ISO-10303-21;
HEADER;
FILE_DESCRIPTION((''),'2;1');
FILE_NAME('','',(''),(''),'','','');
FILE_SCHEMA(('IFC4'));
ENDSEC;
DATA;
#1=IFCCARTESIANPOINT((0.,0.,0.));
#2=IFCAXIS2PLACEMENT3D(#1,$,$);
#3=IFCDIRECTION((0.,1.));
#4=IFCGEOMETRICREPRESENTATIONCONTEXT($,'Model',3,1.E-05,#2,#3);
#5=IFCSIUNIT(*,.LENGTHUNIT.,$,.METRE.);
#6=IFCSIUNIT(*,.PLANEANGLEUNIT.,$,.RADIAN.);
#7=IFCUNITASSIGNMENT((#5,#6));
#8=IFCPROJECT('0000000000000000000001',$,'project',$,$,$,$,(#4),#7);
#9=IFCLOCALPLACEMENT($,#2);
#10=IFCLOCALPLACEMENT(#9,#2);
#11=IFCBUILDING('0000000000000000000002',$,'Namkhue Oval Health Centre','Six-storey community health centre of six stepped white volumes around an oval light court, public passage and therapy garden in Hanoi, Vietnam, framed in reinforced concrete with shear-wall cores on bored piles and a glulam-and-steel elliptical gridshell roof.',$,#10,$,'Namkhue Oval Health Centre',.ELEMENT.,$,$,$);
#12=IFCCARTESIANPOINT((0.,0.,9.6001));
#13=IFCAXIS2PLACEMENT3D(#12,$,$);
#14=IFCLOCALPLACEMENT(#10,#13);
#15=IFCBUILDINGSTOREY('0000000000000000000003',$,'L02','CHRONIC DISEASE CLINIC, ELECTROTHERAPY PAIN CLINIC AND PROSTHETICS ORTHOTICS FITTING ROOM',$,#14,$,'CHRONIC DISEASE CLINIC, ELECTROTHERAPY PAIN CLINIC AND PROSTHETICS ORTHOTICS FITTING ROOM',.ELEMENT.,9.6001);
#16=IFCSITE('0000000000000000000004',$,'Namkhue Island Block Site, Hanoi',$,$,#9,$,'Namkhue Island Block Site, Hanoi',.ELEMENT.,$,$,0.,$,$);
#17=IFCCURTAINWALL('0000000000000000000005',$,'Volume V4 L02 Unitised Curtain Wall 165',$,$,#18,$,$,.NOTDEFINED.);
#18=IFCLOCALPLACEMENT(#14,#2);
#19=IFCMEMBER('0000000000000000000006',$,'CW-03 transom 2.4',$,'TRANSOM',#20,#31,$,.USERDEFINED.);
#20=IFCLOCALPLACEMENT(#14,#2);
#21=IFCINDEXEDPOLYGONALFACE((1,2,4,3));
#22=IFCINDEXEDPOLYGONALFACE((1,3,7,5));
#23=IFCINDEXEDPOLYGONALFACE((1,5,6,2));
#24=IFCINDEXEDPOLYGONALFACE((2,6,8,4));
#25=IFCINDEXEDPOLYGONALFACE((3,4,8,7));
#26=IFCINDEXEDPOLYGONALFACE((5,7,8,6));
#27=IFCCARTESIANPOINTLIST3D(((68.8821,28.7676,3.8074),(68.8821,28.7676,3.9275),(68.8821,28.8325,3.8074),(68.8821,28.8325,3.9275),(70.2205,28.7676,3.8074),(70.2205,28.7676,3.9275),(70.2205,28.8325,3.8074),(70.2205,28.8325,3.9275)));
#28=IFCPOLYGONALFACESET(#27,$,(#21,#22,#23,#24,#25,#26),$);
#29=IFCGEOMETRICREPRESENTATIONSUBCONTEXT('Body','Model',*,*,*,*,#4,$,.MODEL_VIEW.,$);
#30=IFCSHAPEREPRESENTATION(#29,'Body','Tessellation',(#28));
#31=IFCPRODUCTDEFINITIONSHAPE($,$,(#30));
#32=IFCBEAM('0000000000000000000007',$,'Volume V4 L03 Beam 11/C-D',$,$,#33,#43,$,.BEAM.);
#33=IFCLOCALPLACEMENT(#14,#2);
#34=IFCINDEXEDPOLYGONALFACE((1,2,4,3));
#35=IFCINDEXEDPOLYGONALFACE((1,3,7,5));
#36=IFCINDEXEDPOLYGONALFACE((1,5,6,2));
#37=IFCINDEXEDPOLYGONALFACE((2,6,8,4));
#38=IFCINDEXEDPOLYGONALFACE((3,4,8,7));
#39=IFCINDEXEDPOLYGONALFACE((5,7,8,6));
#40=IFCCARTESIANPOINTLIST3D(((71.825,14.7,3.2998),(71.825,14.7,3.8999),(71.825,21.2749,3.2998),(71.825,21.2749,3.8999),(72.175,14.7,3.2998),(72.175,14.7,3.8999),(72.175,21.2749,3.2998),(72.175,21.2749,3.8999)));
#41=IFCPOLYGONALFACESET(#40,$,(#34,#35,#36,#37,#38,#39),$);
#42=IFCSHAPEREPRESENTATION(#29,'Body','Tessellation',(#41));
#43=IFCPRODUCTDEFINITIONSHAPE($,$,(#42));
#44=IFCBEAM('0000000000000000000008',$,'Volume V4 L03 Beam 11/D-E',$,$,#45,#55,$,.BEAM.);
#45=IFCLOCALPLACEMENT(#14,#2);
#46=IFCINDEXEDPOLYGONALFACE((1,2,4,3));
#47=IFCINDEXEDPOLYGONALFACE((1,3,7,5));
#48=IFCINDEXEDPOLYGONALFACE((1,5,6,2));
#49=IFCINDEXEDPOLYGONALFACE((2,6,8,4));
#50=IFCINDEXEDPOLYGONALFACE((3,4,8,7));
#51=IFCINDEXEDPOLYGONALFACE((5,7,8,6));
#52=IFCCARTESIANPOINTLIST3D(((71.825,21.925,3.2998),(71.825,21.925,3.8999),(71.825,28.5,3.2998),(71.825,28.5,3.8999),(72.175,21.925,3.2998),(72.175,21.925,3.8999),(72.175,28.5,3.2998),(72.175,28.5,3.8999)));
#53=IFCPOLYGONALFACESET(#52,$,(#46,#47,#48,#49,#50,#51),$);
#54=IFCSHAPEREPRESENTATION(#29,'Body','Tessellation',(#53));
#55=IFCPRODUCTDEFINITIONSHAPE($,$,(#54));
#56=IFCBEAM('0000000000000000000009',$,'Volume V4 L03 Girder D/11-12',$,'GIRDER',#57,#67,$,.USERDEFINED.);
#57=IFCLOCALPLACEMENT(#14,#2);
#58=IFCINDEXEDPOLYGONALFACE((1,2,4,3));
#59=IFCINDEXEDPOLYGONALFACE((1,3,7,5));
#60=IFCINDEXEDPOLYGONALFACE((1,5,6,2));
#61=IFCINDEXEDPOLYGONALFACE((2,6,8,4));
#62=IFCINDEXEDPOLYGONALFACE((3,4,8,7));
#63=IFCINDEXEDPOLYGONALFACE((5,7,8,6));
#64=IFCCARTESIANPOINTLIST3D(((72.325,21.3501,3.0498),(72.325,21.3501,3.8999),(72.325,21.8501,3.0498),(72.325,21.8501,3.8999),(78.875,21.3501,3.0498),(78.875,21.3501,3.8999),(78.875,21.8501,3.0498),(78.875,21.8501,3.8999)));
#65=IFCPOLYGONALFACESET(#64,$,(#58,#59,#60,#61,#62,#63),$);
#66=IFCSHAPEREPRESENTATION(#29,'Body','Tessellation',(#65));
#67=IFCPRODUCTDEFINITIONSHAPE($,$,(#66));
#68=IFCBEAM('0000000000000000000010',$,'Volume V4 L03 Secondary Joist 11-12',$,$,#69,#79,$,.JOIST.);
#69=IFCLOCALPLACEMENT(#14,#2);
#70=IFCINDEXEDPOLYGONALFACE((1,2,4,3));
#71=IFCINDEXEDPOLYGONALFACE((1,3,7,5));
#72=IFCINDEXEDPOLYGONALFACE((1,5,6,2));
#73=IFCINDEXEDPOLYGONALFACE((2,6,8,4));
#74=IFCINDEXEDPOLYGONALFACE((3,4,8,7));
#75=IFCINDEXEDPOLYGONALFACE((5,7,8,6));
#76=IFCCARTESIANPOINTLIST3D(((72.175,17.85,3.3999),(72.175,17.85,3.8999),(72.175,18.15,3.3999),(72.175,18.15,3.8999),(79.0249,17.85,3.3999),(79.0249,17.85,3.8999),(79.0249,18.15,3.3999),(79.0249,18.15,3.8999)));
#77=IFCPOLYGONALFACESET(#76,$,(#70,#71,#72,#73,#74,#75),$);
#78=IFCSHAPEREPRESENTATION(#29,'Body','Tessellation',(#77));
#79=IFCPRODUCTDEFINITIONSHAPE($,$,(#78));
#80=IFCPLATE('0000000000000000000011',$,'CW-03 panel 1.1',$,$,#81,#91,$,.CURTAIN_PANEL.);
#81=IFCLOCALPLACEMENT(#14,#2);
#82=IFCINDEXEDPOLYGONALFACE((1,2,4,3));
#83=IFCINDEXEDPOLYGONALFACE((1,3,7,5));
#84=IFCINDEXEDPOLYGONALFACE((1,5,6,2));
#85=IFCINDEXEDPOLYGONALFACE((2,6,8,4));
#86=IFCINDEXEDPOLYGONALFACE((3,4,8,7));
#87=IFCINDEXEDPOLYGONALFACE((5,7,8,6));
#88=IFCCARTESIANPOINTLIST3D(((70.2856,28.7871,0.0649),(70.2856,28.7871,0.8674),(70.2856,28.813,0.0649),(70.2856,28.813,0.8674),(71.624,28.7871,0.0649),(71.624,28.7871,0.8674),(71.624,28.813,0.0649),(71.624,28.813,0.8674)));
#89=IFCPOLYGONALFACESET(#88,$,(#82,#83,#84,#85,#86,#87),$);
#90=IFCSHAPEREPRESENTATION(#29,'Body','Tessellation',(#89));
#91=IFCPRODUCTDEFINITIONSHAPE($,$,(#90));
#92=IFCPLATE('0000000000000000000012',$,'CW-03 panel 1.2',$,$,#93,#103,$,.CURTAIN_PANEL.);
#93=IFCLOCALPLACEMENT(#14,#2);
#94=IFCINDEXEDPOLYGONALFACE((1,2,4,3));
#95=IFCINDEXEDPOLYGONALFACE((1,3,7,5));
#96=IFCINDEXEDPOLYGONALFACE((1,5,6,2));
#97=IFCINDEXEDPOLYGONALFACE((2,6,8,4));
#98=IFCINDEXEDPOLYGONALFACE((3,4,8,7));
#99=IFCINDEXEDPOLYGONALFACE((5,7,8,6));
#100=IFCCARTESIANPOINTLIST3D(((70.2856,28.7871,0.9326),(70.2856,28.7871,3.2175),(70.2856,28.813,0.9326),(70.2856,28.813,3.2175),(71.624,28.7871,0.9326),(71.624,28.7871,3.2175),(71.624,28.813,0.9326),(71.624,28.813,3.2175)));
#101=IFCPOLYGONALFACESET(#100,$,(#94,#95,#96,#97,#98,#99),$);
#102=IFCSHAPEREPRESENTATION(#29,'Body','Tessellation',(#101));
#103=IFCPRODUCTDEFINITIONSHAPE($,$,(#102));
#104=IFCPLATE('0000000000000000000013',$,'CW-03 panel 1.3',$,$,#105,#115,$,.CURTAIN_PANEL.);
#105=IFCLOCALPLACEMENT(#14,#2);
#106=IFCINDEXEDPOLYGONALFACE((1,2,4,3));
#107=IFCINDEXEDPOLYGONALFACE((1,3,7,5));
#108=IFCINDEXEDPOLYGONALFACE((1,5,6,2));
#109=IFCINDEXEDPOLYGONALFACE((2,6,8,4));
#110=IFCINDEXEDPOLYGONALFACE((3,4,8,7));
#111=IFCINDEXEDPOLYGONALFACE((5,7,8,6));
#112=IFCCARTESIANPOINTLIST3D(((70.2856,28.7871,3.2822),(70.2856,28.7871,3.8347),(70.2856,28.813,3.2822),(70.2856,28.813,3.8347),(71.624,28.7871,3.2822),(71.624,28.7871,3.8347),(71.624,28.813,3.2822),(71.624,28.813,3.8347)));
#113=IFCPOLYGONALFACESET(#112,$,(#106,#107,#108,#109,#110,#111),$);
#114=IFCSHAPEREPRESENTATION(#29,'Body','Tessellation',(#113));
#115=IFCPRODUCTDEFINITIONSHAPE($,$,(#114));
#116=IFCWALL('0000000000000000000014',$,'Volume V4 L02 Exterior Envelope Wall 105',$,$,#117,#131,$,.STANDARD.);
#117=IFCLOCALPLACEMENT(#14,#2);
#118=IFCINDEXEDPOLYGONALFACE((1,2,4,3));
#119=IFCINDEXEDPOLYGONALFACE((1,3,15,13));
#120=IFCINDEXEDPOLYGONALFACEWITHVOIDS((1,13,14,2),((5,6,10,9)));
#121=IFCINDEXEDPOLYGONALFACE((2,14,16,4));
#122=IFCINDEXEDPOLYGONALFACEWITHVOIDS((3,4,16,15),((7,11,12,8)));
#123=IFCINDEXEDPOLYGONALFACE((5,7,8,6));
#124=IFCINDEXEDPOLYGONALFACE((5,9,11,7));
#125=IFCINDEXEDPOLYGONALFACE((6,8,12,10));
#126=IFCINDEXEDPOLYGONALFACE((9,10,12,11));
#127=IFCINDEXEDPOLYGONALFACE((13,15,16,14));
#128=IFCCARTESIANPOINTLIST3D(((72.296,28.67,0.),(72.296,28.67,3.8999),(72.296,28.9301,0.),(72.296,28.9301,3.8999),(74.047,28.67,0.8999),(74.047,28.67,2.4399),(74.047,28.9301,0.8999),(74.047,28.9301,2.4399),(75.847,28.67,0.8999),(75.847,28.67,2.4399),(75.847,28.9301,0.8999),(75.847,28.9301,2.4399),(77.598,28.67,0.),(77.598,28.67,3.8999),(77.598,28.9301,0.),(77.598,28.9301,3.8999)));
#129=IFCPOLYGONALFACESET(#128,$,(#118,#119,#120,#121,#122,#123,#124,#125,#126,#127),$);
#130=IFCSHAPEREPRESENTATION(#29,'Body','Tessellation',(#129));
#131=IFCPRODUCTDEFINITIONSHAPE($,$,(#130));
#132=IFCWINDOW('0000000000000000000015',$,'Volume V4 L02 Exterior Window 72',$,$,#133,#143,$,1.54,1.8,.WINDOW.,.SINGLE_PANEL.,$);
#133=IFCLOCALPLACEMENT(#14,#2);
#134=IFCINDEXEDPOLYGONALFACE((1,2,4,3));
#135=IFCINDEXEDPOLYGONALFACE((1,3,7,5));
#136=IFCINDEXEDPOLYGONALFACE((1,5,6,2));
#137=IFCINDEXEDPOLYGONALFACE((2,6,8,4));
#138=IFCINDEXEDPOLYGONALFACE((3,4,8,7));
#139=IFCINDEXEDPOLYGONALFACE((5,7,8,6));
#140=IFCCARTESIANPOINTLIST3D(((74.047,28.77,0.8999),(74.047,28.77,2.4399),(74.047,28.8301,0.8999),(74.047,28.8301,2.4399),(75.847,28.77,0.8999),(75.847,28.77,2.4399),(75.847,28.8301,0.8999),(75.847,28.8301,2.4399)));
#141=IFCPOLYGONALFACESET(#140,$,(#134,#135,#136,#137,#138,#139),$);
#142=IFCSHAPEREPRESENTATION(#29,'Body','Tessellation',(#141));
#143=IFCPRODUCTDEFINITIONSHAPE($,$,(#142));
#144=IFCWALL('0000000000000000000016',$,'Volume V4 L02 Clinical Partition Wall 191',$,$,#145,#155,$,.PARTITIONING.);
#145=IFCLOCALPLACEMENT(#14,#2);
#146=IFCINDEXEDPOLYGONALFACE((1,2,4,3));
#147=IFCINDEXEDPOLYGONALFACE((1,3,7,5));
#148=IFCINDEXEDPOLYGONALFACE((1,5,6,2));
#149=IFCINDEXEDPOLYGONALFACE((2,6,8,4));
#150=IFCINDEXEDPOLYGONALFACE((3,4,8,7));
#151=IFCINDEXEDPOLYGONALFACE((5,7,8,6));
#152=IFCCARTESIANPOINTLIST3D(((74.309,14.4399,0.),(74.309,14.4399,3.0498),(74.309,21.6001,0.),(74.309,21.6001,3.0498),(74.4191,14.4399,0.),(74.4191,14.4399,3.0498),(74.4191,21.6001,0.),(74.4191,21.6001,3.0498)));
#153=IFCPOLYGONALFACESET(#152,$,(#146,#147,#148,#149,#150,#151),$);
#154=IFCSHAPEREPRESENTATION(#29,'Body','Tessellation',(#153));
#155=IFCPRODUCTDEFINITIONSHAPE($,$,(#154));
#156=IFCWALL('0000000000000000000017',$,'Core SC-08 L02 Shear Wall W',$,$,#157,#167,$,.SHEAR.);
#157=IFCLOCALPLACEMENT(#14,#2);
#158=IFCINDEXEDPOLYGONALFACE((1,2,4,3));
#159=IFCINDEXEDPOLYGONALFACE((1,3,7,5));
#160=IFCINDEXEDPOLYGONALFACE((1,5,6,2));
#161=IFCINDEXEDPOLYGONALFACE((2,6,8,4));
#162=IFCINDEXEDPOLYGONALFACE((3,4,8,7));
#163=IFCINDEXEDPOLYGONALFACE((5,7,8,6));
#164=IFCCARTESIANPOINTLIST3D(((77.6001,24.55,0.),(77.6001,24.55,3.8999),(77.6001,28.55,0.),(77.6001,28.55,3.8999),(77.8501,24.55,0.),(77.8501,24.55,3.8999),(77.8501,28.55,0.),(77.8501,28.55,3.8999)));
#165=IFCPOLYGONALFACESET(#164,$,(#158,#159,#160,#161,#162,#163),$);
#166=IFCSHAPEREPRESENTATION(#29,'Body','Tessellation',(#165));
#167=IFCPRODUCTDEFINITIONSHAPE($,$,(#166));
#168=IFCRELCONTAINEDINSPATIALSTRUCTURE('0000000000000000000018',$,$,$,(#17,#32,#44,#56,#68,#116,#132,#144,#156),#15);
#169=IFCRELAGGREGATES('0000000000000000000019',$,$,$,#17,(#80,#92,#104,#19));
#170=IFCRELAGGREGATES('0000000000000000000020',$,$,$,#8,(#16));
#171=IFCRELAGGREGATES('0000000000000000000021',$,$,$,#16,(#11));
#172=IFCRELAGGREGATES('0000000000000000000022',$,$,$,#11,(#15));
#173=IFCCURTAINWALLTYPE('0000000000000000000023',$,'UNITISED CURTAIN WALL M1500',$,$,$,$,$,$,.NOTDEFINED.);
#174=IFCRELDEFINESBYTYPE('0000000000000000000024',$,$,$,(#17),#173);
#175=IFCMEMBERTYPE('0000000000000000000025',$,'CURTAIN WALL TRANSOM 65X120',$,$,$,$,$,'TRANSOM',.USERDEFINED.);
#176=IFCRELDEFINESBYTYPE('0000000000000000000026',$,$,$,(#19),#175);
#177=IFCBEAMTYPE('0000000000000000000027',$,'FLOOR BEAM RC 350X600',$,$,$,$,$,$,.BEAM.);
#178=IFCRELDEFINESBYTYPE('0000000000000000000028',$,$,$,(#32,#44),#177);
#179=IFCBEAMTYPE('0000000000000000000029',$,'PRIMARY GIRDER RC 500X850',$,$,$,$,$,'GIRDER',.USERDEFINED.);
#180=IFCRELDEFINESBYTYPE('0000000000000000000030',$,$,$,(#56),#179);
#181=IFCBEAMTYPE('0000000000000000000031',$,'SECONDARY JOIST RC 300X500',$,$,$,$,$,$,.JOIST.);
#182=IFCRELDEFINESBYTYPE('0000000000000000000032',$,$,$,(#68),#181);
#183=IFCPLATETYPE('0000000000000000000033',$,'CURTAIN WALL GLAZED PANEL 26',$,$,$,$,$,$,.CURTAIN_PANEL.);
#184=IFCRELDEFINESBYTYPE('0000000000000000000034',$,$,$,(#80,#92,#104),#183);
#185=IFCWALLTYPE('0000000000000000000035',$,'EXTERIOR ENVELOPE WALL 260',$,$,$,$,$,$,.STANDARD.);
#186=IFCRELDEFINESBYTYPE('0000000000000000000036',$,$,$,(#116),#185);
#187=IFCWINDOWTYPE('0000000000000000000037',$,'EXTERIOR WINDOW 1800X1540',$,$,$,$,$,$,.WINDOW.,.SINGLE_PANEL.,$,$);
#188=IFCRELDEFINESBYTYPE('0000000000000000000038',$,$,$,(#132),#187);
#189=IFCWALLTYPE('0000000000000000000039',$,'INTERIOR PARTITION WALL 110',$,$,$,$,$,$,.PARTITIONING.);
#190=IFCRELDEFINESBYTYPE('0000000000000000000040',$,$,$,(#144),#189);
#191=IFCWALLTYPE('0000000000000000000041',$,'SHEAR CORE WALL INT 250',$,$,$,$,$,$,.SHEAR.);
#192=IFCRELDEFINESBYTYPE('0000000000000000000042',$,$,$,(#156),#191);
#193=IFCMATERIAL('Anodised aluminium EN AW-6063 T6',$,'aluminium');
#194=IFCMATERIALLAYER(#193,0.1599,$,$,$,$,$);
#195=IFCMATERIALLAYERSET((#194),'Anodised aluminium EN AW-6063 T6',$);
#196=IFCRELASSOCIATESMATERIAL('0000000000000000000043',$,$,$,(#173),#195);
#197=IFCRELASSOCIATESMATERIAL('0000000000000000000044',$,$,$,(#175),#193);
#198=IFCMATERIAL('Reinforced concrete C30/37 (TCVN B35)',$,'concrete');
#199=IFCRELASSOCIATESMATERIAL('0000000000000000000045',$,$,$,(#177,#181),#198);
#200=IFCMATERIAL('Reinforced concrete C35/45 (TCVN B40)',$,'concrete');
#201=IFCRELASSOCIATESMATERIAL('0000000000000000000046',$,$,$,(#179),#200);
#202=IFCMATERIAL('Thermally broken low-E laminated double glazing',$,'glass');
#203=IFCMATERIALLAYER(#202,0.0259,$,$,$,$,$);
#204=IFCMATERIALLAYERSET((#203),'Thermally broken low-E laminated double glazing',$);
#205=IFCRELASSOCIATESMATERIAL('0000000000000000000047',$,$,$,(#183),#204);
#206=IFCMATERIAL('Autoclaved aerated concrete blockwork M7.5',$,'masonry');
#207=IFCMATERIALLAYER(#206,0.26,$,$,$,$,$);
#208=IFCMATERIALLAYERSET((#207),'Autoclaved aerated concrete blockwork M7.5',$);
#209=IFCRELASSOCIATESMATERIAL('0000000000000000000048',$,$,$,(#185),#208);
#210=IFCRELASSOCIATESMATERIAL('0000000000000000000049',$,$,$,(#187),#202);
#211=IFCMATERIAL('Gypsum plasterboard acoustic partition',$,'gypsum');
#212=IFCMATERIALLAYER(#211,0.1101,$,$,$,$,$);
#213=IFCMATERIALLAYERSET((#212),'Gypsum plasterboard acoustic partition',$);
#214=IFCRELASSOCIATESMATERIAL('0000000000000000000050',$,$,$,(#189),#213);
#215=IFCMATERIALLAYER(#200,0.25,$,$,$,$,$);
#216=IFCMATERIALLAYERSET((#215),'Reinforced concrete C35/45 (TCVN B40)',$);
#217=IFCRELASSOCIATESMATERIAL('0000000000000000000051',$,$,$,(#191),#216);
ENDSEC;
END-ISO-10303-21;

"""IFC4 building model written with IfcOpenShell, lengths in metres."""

from ifc_helpers import new_model, si_unit, direction, frame, frame_2d, origin, origin_2d, place, context, subcontext, project, spatial, rectangle, extrude, material, layer, layer_set, material_profile, profile_set, type_object, element, fill, aggregate, save


model = new_model("IFC4")

# Units and contexts
model_context = context("Model", 3, precision=1e-05, world=origin(), true_north=direction((0.0, 1.0)))
body_context = subcontext(model_context, "Body", "Model", "MODEL_VIEW")
ifc_project = project(units=[si_unit("LENGTHUNIT", "METRE"), si_unit("PLANEANGLEUNIT", "RADIAN")], contexts=[model_context])

# Site, building, storey
site_placement = place(None, origin())
site = spatial("IfcSite", under=ifc_project, at=site_placement, Name="Namkhue Island Block Site, Hanoi", LongName="Namkhue Island Block Site, Hanoi", CompositionType="ELEMENT", RefElevation=0.0)
building_placement = place(site_placement, origin())
building = spatial("IfcBuilding", under=site, at=building_placement, Name="Namkhue Oval Health Centre", Description="Six-storey community health centre of six stepped white volumes around an oval light court, public passage and therapy garden in Hanoi, Vietnam, framed in reinforced concrete with shear-wall cores on bored piles and a glulam-and-steel elliptical gridshell roof.", LongName="Namkhue Oval Health Centre", CompositionType="ELEMENT")
storey_placement = place(building_placement, frame((0.0, 0.0, 9.6001)))
storey = spatial("IfcBuildingStorey", under=building, at=storey_placement, Name="L02", Description="CHRONIC DISEASE CLINIC, ELECTROTHERAPY PAIN CLINIC AND PROSTHETICS ORTHOTICS FITTING ROOM", LongName="CHRONIC DISEASE CLINIC, ELECTROTHERAPY PAIN CLINIC AND PROSTHETICS ORTHOTICS FITTING ROOM", CompositionType="ELEMENT", Elevation=9.6001)

# Shared definitions
ifc_material_1 = material(Name="Reinforced concrete C35/45 (TCVN B40)", Category="concrete")

# Curtain wall
ifc_material_2 = material(Name="Anodised aluminium EN AW-6063 T6", Category="aluminium")
ifc_layer_1 = layer(ifc_material_2, 0.1599)
ifc_layer_set_1 = layer_set([ifc_layer_1], Name="Anodised aluminium EN AW-6063 T6")
curtain_wall_type_1 = type_object("IfcCurtainWallType", Name="UNITISED CURTAIN WALL M1500", PredefinedType="NOTDEFINED", material=ifc_layer_set_1)
curtain_wall_1_placement = place(storey_placement, origin())
curtain_wall_1 = element("IfcCurtainWall", 1, at=curtain_wall_1_placement, inside=storey, type_object=curtain_wall_type_1, Name="Volume V4 L02 Unitised Curtain Wall 165", PredefinedType="NOTDEFINED")
ifc_material_profile_1 = material_profile(ifc_material_2, rectangle(XDim=0.0649, YDim=0.1201, at=origin_2d()), Name="ALU 65x120")
ifc_profile_set_1 = profile_set([ifc_material_profile_1], Name="Anodised aluminium EN AW-6063 T6")
member_type_1 = type_object("IfcMemberType", Name="CURTAIN WALL TRANSOM 65X120", ElementType="TRANSOM", PredefinedType="USERDEFINED", material=ifc_profile_set_1)

# Member
member_1_placement = place(storey_placement, frame((70.2205, 28.8, 3.8674), z_axis=(-1.0, 0.0, 0.0), x_axis=(0.0, -1.0, 0.0)))
member_1 = element("IfcMember", 2, at=member_1_placement, type_object=member_type_1, Name="CW-03 transom 2.4", ObjectType="TRANSOM", PredefinedType="USERDEFINED", context=body_context, shape_type="SweptSolid", body=[
    extrude(rectangle(XDim=0.0649, YDim=0.1201, at=origin_2d()), origin(), (0.0, 0.0, 1.0), 1.3384),
])

# Beams
ifc_material_3 = material(Name="Reinforced concrete C30/37 (TCVN B35)", Category="concrete")
ifc_material_profile_2 = material_profile(ifc_material_3, rectangle(XDim=0.3501, YDim=0.6001, at=origin_2d()), Name="RC 350x600")
ifc_profile_set_2 = profile_set([ifc_material_profile_2], Name="Reinforced concrete C30/37 (TCVN B35)")
beam_type_1 = type_object("IfcBeamType", Name="FLOOR BEAM RC 350X600", PredefinedType="BEAM", material=ifc_profile_set_2)
for number, where, z_axis, x_axis, name in (
    (3, (72.0, 14.7, 3.5999), (0.0, 1.0, 0.0), (-1.0, 0.0, 0.0), "Volume V4 L03 Beam 11/C-D"),
    (4, (72.0, 21.925, 3.5999), (0.0, 1.0, 0.0), (-1.0, 0.0, 0.0), "Volume V4 L03 Beam 11/D-E"),
):
    element("IfcBeam", number, at=place(storey_placement, frame(where, z_axis=z_axis, x_axis=x_axis)), inside=storey, type_object=beam_type_1, Name=name, PredefinedType="BEAM", context=body_context, shape_type="SweptSolid", body=[
        extrude(rectangle(XDim=0.3501, YDim=0.6001, at=origin_2d()), origin(), (0.0, 0.0, 1.0), 6.575),
    ])
ifc_material_profile_3 = material_profile(ifc_material_1, rectangle(XDim=0.5, YDim=0.8501, at=origin_2d()), Name="RC 500x850")
ifc_profile_set_3 = profile_set([ifc_material_profile_3], Name="Reinforced concrete C35/45 (TCVN B40)")
beam_type_2 = type_object("IfcBeamType", Name="PRIMARY GIRDER RC 500X850", ElementType="GIRDER", PredefinedType="USERDEFINED", material=ifc_profile_set_3)
beam_1_placement = place(storey_placement, frame((72.325, 21.6001, 3.4749), z_axis=(1.0, 0.0, 0.0), x_axis=(0.0, 1.0, 0.0)))
element("IfcBeam", 5, at=beam_1_placement, inside=storey, type_object=beam_type_2, Name="Volume V4 L03 Girder D/11-12", ObjectType="GIRDER", PredefinedType="USERDEFINED", context=body_context, shape_type="SweptSolid", body=[
    extrude(rectangle(XDim=0.5, YDim=0.8501, at=origin_2d()), origin(), (0.0, 0.0, 1.0), 6.55),
])
ifc_material_profile_4 = material_profile(ifc_material_3, rectangle(XDim=0.3, YDim=0.5, at=origin_2d()), Name="RC 300x500")
ifc_profile_set_4 = profile_set([ifc_material_profile_4], Name="Reinforced concrete C30/37 (TCVN B35)")
beam_type_3 = type_object("IfcBeamType", Name="SECONDARY JOIST RC 300X500", PredefinedType="JOIST", material=ifc_profile_set_4)
beam_2_placement = place(storey_placement, frame((72.175, 18.0, 3.6499), z_axis=(1.0, 0.0, 0.0), x_axis=(0.0, 1.0, 0.0)))
element("IfcBeam", 6, at=beam_2_placement, inside=storey, type_object=beam_type_3, Name="Volume V4 L03 Secondary Joist 11-12", PredefinedType="JOIST", context=body_context, shape_type="SweptSolid", body=[
    extrude(rectangle(XDim=0.3, YDim=0.5, at=origin_2d()), origin(), (0.0, 0.0, 1.0), 6.8499),
])

# Plates
ifc_material_4 = material(Name="Thermally broken low-E laminated double glazing", Category="glass")
ifc_layer_2 = layer(ifc_material_4, 0.0259)
ifc_layer_set_2 = layer_set([ifc_layer_2], Name="Thermally broken low-E laminated double glazing")
plate_type = type_object("IfcPlateType", Name="CURTAIN WALL GLAZED PANEL 26", PredefinedType="CURTAIN_PANEL", material=ifc_layer_set_2)
plate_1_placement = place(storey_placement, frame((70.9548, 28.8, 0.0649), z_axis=(0.0, 0.0, 1.0), x_axis=(-1.0, 0.0, 0.0)))
plate_1 = element("IfcPlate", 7, at=plate_1_placement, type_object=plate_type, Name="CW-03 panel 1.1", PredefinedType="CURTAIN_PANEL", context=body_context, shape_type="SweptSolid", body=[
    extrude(rectangle(XDim=1.3384, YDim=0.0259, at=origin_2d()), origin(), (0.0, 0.0, 1.0), 0.8025),
])
plate_2_placement = place(storey_placement, frame((70.9548, 28.8, 0.9326), z_axis=(0.0, 0.0, 1.0), x_axis=(-1.0, 0.0, 0.0)))
plate_2 = element("IfcPlate", 8, at=plate_2_placement, type_object=plate_type, Name="CW-03 panel 1.2", PredefinedType="CURTAIN_PANEL", context=body_context, shape_type="SweptSolid", body=[
    extrude(rectangle(XDim=1.3384, YDim=0.0259, at=origin_2d()), origin(), (0.0, 0.0, 1.0), 2.2849),
])
plate_3_placement = place(storey_placement, frame((70.9548, 28.8, 3.2822), z_axis=(0.0, 0.0, 1.0), x_axis=(-1.0, 0.0, 0.0)))
plate_3 = element("IfcPlate", 9, at=plate_3_placement, type_object=plate_type, Name="CW-03 panel 1.3", PredefinedType="CURTAIN_PANEL", context=body_context, shape_type="SweptSolid", body=[
    extrude(rectangle(XDim=1.3384, YDim=0.0259, at=origin_2d()), origin(), (0.0, 0.0, 1.0), 0.5525),
])
aggregate(curtain_wall_1, [plate_1, plate_2, plate_3, member_1])

# Wall, opening, window
ifc_material_5 = material(Name="Autoclaved aerated concrete blockwork M7.5", Category="masonry")
ifc_layer_3 = layer(ifc_material_5, 0.26)
ifc_layer_set_3 = layer_set([ifc_layer_3], Name="Autoclaved aerated concrete blockwork M7.5")
wall_type_1 = type_object("IfcWallType", Name="EXTERIOR ENVELOPE WALL 260", PredefinedType="STANDARD", material=ifc_layer_set_3)
wall_1_placement = place(storey_placement, frame((77.5979, 28.8, 0.0), z_axis=(0.0, 0.0, 1.0), x_axis=(-1.0, 0.0, 0.0)))
wall_1 = element("IfcWall", 10, at=wall_1_placement, inside=storey, type_object=wall_type_1, Name="Volume V4 L02 Exterior Envelope Wall 105", PredefinedType="STANDARD", context=body_context, shape_type="SweptSolid", body=[
    extrude(rectangle(XDim=5.302, YDim=0.26, at=frame_2d((2.6509, 0.0))), origin(), (0.0, 0.0, 1.0), 3.8999),
])
opening_1_placement = place(wall_1_placement, frame((1.751, 0.0, 0.8999)))
opening_1 = element("IfcOpeningElement", 11, at=opening_1_placement, cuts=wall_1, PredefinedType="OPENING", context=body_context, shape_type="SweptSolid", body=[
    extrude(rectangle(XDim=1.8, YDim=1.54, at=frame_2d((0.8999, 0.77))), frame((0.0, 0.1399, 0.0), z_axis=(0.0, -1.0, 0.0), x_axis=(1.0, 0.0, 0.0)), (0.0, 0.0, 1.0), 0.28),
])
window_type = type_object("IfcWindowType", Name="EXTERIOR WINDOW 1800X1540", PartitioningType="SINGLE_PANEL", PredefinedType="WINDOW", material=ifc_material_4)
window_placement = place(opening_1_placement, origin())
window = element("IfcWindow", 12, at=window_placement, inside=storey, type_object=window_type, Name="Volume V4 L02 Exterior Window 72", OverallHeight=1.54, OverallWidth=1.8, PartitioningType="SINGLE_PANEL", PredefinedType="WINDOW", context=body_context, shape_type="SweptSolid", body=[
    extrude(rectangle(XDim=1.8, YDim=1.54, at=frame_2d((0.8999, 0.77))), frame((0.0, 0.03, 0.0), z_axis=(0.0, -1.0, 0.0), x_axis=(1.0, 0.0, 0.0)), (0.0, 0.0, 1.0), 0.0601),
])
fill(opening_1, window)

# Wall
ifc_material_6 = material(Name="Gypsum plasterboard acoustic partition", Category="gypsum")
ifc_layer_4 = layer(ifc_material_6, 0.1101)
ifc_layer_set_4 = layer_set([ifc_layer_4], Name="Gypsum plasterboard acoustic partition")
wall_type_2 = type_object("IfcWallType", Name="INTERIOR PARTITION WALL 110", PredefinedType="PARTITIONING", material=ifc_layer_set_4)
wall_2_placement = place(storey_placement, frame((74.364, 14.4399, 0.0), z_axis=(0.0, 0.0, 1.0), x_axis=(0.0, 1.0, 0.0)))
element("IfcWall", 13, at=wall_2_placement, inside=storey, type_object=wall_type_2, Name="Volume V4 L02 Clinical Partition Wall 191", PredefinedType="PARTITIONING", context=body_context, shape_type="SweptSolid", body=[
    extrude(rectangle(XDim=7.1602, YDim=0.1101, at=frame_2d((3.5801, 0.0))), origin(), (0.0, 0.0, 1.0), 3.0498),
])

# Shared definitions
ifc_layer_5 = layer(ifc_material_1, 0.25)
ifc_layer_set_5 = layer_set([ifc_layer_5], Name="Reinforced concrete C35/45 (TCVN B40)")
wall_type_3 = type_object("IfcWallType", Name="SHEAR CORE WALL INT 250", PredefinedType="SHEAR", material=ifc_layer_set_5)

# Wall
wall_3_placement = place(storey_placement, frame((77.7251, 28.55, 0.0), z_axis=(0.0, 0.0, 1.0), x_axis=(0.0, -1.0, 0.0)))
element("IfcWall", 14, at=wall_3_placement, inside=storey, type_object=wall_type_3, Name="Core SC-08 L02 Shear Wall W", PredefinedType="SHEAR", context=body_context, shape_type="SweptSolid", body=[
    extrude(rectangle(XDim=4.0, YDim=0.25, at=frame_2d((2.0, 0.0))), origin(), (0.0, 0.0, 1.0), 3.8999),
])

save(model, "model.ifc")
